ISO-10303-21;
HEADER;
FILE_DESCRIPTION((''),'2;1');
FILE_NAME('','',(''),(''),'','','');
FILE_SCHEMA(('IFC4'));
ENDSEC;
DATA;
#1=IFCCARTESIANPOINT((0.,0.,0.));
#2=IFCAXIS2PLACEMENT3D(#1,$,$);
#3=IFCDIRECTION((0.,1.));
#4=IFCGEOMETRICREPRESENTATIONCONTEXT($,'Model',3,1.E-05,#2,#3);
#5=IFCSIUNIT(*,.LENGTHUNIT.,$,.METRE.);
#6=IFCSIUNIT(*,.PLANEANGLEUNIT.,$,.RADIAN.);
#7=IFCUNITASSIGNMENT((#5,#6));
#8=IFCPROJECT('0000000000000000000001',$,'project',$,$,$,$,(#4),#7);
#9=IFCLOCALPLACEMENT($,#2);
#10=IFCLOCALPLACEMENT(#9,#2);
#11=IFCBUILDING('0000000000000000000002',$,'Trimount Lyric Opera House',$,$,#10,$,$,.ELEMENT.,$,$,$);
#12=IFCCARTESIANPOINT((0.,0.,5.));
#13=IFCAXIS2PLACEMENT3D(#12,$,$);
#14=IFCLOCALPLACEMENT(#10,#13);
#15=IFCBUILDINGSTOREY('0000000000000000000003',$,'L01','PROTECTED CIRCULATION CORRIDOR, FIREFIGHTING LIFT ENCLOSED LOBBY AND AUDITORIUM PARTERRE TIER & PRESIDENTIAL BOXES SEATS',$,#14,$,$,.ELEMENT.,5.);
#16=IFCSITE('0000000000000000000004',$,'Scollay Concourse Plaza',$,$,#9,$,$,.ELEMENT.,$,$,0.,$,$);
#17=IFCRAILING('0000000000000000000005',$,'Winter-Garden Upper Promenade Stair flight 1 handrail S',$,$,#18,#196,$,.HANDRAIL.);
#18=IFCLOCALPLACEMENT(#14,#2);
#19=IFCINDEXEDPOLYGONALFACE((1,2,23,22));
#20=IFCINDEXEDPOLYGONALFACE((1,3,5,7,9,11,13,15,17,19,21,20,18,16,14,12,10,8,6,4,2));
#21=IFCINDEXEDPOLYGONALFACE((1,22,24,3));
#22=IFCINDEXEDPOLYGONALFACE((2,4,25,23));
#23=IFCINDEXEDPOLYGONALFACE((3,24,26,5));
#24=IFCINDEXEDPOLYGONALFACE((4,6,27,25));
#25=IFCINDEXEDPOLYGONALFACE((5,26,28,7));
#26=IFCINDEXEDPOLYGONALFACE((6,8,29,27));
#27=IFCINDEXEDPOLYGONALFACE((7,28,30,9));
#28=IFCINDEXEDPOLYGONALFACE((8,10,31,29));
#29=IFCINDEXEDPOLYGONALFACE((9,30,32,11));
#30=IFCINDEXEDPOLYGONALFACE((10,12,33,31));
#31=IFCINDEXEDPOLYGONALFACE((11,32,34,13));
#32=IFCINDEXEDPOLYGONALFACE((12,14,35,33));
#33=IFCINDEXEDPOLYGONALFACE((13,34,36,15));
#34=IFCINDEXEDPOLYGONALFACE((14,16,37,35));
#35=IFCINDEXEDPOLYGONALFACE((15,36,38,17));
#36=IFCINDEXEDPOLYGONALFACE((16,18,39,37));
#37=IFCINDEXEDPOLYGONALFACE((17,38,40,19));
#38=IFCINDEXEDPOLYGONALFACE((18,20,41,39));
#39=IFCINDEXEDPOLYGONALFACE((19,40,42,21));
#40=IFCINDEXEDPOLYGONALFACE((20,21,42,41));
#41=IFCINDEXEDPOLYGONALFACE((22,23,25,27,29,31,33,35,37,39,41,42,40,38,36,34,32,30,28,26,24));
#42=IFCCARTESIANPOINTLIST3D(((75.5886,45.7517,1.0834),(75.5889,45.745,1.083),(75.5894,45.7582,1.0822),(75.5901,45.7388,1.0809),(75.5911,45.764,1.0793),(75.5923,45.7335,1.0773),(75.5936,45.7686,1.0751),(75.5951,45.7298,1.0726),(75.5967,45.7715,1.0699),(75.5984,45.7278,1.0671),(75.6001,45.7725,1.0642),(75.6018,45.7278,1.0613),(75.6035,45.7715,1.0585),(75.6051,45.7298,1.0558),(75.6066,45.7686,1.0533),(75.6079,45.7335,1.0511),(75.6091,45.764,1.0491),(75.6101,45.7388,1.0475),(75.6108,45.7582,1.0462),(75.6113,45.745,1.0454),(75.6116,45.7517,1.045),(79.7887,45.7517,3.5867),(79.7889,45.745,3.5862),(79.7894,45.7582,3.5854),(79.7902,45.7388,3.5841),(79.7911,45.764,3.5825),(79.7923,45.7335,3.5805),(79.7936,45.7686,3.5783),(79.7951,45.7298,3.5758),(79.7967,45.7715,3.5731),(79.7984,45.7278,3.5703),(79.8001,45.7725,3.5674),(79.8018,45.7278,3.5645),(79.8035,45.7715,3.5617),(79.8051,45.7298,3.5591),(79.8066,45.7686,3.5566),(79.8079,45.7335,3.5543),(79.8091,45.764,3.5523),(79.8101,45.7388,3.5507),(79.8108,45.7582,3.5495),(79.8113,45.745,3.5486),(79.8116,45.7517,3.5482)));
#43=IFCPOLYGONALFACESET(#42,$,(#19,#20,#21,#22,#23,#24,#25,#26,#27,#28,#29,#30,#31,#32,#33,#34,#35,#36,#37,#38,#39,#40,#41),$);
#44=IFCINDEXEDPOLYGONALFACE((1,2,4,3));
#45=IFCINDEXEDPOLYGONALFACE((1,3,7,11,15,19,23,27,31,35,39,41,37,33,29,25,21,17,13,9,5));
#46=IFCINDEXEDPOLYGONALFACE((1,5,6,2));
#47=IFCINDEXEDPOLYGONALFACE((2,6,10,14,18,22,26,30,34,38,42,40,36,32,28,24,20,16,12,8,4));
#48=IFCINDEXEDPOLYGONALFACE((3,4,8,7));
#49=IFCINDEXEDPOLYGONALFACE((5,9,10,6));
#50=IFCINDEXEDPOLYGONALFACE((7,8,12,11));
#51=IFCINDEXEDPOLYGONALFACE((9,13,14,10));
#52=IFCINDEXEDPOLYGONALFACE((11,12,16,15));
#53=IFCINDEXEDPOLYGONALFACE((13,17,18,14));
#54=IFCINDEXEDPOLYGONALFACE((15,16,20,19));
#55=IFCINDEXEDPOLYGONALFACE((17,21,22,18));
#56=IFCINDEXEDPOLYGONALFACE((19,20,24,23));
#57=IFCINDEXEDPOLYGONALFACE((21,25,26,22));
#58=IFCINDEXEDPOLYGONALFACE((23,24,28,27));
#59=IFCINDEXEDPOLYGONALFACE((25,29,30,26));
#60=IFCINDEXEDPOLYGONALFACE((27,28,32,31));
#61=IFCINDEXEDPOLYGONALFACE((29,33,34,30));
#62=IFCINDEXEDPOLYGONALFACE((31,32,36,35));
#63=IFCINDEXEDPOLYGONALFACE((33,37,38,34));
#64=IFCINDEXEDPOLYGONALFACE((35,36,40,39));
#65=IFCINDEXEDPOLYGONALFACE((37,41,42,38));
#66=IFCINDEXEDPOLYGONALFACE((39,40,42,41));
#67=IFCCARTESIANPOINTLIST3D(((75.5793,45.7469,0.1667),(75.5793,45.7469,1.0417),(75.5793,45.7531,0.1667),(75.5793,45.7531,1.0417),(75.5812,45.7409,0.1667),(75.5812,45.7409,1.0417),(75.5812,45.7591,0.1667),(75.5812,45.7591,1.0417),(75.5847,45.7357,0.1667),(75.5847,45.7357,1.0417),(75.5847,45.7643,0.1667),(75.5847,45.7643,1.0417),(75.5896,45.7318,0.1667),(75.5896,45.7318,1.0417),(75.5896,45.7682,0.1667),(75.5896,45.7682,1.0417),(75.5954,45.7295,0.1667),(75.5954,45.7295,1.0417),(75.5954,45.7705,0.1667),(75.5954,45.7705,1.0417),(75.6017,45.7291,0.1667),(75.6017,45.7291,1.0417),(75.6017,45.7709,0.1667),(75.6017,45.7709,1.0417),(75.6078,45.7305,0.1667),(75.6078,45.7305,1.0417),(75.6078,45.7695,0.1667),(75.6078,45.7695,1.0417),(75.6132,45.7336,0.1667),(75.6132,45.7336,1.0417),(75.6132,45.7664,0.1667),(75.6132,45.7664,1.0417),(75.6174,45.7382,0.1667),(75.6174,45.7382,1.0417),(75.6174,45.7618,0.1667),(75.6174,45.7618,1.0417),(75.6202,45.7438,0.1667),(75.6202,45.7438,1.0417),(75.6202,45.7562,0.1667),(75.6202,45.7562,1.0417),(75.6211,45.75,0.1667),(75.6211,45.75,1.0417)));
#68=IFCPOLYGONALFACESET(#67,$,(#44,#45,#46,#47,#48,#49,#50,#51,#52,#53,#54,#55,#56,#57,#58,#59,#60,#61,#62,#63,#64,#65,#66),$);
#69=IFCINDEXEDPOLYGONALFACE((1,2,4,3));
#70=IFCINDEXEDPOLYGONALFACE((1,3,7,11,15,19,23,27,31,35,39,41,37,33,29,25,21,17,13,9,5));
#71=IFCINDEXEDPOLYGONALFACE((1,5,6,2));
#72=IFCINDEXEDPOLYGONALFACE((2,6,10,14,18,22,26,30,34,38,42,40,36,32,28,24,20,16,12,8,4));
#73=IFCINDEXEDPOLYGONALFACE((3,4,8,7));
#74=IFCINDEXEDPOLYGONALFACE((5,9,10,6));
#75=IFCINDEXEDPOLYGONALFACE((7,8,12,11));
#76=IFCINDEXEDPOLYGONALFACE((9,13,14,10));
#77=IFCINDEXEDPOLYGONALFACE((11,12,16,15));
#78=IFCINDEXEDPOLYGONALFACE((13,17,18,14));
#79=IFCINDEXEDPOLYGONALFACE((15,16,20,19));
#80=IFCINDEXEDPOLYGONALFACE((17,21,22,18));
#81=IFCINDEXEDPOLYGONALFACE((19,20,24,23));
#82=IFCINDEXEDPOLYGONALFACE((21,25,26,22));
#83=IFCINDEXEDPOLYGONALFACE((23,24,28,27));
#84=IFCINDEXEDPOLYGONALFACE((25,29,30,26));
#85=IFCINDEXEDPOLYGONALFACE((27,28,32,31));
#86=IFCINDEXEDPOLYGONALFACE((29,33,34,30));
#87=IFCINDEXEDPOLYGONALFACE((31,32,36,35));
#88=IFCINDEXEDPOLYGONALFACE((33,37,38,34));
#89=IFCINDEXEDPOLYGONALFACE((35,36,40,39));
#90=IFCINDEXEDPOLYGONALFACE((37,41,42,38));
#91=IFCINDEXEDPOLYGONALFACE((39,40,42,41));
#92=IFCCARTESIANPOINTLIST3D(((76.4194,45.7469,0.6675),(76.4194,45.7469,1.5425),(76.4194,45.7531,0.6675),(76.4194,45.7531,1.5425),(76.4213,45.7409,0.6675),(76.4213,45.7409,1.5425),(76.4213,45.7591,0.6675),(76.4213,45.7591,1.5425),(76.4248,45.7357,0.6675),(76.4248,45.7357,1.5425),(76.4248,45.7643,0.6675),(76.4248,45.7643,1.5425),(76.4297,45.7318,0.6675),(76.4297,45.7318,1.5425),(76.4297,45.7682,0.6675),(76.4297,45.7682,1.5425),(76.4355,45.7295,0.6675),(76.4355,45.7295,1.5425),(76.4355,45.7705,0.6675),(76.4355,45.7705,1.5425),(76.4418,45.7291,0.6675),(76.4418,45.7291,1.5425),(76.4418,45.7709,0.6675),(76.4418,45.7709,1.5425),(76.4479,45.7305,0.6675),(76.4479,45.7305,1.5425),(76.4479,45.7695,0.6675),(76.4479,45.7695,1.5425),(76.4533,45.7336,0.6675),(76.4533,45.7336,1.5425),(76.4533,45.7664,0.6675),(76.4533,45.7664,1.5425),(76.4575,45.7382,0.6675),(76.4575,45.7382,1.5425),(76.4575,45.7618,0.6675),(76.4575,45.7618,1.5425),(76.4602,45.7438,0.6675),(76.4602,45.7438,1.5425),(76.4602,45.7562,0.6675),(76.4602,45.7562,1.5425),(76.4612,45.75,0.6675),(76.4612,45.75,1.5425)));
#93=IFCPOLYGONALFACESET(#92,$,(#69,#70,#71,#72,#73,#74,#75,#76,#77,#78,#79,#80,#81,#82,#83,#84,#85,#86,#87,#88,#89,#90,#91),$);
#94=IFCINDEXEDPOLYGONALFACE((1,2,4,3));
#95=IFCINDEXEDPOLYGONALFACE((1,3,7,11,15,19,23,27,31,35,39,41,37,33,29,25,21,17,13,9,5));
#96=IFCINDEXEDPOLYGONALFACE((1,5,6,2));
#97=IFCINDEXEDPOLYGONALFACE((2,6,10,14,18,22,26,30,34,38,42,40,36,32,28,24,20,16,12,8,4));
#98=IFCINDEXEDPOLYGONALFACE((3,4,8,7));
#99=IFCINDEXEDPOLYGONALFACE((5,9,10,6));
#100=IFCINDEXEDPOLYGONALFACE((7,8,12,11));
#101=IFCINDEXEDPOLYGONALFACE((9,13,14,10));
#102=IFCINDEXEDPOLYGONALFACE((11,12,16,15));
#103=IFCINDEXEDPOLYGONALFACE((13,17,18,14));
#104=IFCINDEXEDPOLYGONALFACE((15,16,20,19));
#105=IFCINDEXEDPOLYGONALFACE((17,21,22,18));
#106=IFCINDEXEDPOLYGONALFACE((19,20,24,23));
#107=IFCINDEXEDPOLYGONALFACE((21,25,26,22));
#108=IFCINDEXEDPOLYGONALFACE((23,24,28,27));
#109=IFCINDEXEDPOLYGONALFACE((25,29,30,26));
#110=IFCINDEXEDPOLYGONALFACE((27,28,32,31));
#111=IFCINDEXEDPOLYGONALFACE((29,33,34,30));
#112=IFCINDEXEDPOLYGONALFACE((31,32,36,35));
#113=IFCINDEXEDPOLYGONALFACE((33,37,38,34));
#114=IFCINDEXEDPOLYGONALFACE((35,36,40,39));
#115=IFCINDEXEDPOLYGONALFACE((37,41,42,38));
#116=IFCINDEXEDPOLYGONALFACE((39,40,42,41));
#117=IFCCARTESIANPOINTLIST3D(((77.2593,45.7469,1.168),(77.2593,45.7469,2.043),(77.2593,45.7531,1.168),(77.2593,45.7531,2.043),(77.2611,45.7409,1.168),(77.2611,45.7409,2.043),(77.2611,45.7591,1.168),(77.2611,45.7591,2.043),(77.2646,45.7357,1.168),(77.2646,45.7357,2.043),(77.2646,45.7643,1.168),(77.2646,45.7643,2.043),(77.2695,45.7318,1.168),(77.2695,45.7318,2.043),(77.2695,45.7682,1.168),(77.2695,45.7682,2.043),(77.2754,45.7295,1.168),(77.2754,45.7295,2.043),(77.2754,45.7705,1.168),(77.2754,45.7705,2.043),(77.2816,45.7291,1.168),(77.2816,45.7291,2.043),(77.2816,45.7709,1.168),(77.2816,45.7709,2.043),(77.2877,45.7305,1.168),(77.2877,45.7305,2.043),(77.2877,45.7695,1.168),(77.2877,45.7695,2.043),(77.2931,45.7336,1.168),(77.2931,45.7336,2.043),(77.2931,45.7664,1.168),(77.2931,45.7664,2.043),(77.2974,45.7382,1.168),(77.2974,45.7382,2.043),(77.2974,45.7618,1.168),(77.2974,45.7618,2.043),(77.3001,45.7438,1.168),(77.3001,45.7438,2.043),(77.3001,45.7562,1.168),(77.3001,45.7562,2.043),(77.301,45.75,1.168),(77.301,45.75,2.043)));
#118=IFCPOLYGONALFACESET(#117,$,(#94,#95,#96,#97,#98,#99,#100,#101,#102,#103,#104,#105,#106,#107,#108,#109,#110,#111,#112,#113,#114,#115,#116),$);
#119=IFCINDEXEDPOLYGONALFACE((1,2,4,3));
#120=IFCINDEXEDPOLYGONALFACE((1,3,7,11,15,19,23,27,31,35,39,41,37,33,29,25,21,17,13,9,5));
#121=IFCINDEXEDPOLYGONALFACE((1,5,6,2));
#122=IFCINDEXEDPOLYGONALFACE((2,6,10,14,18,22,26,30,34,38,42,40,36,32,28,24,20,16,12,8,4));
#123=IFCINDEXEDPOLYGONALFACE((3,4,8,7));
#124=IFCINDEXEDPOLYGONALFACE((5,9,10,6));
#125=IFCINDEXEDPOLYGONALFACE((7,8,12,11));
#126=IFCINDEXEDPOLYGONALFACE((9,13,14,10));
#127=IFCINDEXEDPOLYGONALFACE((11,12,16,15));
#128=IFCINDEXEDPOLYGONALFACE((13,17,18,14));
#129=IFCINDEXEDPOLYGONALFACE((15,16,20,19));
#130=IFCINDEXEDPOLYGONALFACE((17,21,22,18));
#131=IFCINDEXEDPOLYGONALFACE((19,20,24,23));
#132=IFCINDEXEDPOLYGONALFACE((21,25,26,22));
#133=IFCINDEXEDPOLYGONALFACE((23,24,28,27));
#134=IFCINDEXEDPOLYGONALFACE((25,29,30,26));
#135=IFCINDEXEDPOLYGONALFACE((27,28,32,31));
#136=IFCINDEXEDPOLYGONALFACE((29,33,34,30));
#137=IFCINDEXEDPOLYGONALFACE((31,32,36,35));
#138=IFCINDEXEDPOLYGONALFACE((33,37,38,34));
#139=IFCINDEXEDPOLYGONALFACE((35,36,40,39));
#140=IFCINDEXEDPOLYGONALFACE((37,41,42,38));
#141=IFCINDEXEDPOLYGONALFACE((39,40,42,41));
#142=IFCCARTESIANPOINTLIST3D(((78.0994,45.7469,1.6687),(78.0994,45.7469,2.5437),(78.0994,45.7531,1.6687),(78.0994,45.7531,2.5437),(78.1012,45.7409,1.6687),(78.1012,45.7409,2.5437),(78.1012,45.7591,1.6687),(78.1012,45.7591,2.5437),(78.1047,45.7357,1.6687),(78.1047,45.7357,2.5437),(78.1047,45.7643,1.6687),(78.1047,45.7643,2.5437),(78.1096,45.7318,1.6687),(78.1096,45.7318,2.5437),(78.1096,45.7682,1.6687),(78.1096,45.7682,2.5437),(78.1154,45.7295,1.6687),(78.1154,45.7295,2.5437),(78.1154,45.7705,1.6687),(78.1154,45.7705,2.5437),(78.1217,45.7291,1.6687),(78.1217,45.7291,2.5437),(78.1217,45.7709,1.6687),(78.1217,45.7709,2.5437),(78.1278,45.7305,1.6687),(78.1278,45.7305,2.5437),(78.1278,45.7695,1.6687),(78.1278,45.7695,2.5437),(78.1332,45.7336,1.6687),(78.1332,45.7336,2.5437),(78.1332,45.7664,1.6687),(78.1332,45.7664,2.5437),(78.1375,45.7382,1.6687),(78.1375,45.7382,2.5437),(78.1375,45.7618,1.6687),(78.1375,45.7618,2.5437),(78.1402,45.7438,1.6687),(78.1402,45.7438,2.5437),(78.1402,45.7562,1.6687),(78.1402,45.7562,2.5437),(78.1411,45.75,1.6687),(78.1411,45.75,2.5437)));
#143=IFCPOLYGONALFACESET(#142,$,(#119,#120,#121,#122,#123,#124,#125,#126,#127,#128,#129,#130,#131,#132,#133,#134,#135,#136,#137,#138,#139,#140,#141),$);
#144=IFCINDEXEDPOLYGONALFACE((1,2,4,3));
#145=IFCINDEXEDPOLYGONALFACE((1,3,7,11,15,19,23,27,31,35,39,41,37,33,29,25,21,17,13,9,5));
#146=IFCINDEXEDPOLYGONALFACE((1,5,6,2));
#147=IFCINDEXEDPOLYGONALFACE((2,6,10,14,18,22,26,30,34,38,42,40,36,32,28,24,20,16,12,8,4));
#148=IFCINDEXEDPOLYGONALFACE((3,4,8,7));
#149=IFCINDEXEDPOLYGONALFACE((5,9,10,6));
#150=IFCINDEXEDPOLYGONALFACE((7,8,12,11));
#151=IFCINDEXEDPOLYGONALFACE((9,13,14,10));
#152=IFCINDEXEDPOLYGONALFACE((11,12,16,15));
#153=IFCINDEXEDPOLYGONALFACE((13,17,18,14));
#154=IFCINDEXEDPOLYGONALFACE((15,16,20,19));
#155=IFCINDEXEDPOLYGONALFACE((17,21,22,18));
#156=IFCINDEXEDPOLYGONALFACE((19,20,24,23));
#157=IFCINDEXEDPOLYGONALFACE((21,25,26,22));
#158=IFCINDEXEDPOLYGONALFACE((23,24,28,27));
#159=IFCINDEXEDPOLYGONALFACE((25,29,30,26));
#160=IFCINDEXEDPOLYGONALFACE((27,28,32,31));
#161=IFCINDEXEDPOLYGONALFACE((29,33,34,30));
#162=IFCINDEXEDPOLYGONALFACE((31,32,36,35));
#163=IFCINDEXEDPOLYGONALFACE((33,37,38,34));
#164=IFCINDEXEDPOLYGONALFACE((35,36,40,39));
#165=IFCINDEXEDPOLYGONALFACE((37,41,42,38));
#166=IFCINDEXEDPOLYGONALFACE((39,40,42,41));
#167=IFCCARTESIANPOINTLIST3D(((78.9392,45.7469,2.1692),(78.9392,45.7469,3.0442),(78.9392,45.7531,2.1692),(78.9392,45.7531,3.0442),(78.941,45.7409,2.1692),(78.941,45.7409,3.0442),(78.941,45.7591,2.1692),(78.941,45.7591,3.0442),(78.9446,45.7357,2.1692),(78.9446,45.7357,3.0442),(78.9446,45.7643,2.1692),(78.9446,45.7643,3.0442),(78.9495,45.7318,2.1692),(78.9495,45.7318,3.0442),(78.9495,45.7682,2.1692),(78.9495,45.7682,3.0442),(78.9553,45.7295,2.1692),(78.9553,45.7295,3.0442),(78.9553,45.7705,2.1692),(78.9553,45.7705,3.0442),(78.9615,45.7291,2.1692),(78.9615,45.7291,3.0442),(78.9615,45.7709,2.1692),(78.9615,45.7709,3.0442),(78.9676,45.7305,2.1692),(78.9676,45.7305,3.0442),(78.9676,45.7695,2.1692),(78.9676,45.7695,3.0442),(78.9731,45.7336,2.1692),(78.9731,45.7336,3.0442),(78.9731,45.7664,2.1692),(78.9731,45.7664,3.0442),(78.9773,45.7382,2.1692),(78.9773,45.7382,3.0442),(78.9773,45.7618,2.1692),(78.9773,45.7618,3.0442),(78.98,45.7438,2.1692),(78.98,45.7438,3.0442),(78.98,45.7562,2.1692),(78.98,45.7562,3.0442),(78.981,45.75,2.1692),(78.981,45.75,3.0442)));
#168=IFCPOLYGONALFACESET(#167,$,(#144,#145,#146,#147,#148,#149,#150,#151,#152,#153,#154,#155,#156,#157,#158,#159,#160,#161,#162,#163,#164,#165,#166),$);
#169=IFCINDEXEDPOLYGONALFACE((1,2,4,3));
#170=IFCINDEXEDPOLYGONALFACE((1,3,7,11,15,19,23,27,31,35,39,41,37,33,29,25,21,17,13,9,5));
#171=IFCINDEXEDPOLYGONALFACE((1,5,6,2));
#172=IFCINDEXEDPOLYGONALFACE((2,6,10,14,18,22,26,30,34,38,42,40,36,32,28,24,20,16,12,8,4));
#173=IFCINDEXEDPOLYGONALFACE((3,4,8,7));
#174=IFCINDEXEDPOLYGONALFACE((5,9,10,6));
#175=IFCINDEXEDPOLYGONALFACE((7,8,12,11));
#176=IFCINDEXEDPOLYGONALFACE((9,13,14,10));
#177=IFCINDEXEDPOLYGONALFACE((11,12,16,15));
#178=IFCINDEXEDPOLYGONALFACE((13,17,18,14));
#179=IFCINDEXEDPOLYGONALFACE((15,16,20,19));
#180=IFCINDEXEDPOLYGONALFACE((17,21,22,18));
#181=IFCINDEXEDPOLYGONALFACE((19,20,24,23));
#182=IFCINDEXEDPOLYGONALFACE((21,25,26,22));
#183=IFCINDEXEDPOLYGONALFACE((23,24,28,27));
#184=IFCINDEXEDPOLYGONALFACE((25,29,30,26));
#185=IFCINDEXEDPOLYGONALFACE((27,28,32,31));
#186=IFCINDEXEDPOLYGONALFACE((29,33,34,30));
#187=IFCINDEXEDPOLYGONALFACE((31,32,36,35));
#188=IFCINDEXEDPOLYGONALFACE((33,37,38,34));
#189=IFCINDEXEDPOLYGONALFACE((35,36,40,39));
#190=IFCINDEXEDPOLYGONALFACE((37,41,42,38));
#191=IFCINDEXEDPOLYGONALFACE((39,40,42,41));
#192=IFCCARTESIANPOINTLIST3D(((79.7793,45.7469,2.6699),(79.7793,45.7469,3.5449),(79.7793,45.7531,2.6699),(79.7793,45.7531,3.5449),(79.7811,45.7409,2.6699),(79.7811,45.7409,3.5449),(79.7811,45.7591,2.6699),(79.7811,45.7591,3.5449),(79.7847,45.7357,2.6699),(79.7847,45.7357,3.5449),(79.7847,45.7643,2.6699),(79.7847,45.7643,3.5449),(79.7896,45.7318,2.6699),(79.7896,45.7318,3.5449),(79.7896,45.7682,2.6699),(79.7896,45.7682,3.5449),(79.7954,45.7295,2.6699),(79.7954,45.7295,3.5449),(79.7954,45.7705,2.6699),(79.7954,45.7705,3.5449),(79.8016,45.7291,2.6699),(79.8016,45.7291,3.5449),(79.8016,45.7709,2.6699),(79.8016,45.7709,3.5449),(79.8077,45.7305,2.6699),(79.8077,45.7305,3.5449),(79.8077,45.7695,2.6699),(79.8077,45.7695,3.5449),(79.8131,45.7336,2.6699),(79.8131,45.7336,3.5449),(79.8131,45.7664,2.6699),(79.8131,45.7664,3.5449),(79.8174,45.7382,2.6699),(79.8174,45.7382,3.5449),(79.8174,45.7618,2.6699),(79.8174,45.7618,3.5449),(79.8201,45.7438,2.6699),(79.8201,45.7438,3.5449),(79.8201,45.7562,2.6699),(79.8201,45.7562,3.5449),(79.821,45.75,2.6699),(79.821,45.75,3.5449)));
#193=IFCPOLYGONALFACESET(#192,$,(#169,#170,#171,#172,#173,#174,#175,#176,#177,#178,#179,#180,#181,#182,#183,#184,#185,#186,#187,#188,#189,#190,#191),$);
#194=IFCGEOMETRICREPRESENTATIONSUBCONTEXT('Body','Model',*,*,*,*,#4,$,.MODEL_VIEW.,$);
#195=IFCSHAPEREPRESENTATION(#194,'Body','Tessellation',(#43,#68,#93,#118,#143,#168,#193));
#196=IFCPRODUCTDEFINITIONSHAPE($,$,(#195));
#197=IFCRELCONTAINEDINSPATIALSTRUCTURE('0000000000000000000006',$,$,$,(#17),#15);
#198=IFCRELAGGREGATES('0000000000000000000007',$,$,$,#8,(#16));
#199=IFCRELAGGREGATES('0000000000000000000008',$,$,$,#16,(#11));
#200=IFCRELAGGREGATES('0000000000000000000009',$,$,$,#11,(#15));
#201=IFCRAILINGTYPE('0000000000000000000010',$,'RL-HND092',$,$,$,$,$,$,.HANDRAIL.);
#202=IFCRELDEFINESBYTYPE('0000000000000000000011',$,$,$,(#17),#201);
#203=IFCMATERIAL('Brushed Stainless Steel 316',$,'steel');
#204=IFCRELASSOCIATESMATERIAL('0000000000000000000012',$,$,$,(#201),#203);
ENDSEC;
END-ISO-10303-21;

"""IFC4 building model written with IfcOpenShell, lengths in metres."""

from ifc_helpers import new_model, si_unit, direction, frame, origin, origin_2d, place, context, subcontext, project, spatial, circle, extrude, material, type_object, element, save


model = new_model("IFC4")

# Units and contexts
model_context = context("Model", 3, precision=1e-05, world=origin(), true_north=direction((0.0, 1.0)))
body_context = subcontext(model_context, "Body", "Model", "MODEL_VIEW")
ifc_project = project(units=[si_unit("LENGTHUNIT", "METRE"), si_unit("PLANEANGLEUNIT", "RADIAN")], contexts=[model_context])

# Site, building, storey
site_placement = place(None, origin())
site = spatial("IfcSite", under=ifc_project, at=site_placement, Name="Scollay Concourse Plaza", CompositionType="ELEMENT", RefElevation=0.0)
building_placement = place(site_placement, origin())
building = spatial("IfcBuilding", under=site, at=building_placement, Name="Trimount Lyric Opera House", CompositionType="ELEMENT")
storey_placement = place(building_placement, frame((0.0, 0.0, 5.0)))
storey = spatial("IfcBuildingStorey", under=building, at=storey_placement, Name="L01", Description="PROTECTED CIRCULATION CORRIDOR, FIREFIGHTING LIFT ENCLOSED LOBBY AND AUDITORIUM PARTERRE TIER & PRESIDENTIAL BOXES SEATS", CompositionType="ELEMENT", Elevation=5.0)

# Railing
ifc_material_1 = material(Name="Brushed Stainless Steel 316", Category="steel")
railing_type_1 = type_object("IfcRailingType", Name="RL-HND092", PredefinedType="HANDRAIL", material=ifc_material_1)
railing_1_placement = place(storey_placement, frame((75.6001, 45.75, 0.1667)))
element("IfcRailing", 1, at=railing_1_placement, inside=storey, type_object=railing_type_1, Name="Winter-Garden Upper Promenade Stair flight 1 handrail S", PredefinedType="HANDRAIL", context=body_context, shape_type="SweptSolid", body=[
    extrude(circle(Radius=0.0225, at=origin_2d()), frame((0.0, 0.0, 0.8975), z_axis=(0.859005, 0.0, 0.511967), x_axis=(0.0, 1.0, 0.0)), (0.0, 0.0, 1.0), 4.8894),
    extrude(circle(Radius=0.021, at=origin_2d()), origin(), (0.0, 0.0, 1.0), 0.875),
    extrude(circle(Radius=0.021, at=origin_2d()), frame((0.8401, 0.0, 0.5007)), (0.0, 0.0, 1.0), 0.875),
    extrude(circle(Radius=0.021, at=origin_2d()), frame((1.6799, 0.0, 1.0012)), (0.0, 0.0, 1.0), 0.875),
    extrude(circle(Radius=0.021, at=origin_2d()), frame((2.52, 0.0, 1.502)), (0.0, 0.0, 1.0), 0.875),
    extrude(circle(Radius=0.021, at=origin_2d()), frame((3.3599, 0.0, 2.0024)), (0.0, 0.0, 1.0), 0.875),
    extrude(circle(Radius=0.021, at=origin_2d()), frame((4.2, 0.0, 2.5032)), (0.0, 0.0, 1.0), 0.875),
])

save(model, "model.ifc")
